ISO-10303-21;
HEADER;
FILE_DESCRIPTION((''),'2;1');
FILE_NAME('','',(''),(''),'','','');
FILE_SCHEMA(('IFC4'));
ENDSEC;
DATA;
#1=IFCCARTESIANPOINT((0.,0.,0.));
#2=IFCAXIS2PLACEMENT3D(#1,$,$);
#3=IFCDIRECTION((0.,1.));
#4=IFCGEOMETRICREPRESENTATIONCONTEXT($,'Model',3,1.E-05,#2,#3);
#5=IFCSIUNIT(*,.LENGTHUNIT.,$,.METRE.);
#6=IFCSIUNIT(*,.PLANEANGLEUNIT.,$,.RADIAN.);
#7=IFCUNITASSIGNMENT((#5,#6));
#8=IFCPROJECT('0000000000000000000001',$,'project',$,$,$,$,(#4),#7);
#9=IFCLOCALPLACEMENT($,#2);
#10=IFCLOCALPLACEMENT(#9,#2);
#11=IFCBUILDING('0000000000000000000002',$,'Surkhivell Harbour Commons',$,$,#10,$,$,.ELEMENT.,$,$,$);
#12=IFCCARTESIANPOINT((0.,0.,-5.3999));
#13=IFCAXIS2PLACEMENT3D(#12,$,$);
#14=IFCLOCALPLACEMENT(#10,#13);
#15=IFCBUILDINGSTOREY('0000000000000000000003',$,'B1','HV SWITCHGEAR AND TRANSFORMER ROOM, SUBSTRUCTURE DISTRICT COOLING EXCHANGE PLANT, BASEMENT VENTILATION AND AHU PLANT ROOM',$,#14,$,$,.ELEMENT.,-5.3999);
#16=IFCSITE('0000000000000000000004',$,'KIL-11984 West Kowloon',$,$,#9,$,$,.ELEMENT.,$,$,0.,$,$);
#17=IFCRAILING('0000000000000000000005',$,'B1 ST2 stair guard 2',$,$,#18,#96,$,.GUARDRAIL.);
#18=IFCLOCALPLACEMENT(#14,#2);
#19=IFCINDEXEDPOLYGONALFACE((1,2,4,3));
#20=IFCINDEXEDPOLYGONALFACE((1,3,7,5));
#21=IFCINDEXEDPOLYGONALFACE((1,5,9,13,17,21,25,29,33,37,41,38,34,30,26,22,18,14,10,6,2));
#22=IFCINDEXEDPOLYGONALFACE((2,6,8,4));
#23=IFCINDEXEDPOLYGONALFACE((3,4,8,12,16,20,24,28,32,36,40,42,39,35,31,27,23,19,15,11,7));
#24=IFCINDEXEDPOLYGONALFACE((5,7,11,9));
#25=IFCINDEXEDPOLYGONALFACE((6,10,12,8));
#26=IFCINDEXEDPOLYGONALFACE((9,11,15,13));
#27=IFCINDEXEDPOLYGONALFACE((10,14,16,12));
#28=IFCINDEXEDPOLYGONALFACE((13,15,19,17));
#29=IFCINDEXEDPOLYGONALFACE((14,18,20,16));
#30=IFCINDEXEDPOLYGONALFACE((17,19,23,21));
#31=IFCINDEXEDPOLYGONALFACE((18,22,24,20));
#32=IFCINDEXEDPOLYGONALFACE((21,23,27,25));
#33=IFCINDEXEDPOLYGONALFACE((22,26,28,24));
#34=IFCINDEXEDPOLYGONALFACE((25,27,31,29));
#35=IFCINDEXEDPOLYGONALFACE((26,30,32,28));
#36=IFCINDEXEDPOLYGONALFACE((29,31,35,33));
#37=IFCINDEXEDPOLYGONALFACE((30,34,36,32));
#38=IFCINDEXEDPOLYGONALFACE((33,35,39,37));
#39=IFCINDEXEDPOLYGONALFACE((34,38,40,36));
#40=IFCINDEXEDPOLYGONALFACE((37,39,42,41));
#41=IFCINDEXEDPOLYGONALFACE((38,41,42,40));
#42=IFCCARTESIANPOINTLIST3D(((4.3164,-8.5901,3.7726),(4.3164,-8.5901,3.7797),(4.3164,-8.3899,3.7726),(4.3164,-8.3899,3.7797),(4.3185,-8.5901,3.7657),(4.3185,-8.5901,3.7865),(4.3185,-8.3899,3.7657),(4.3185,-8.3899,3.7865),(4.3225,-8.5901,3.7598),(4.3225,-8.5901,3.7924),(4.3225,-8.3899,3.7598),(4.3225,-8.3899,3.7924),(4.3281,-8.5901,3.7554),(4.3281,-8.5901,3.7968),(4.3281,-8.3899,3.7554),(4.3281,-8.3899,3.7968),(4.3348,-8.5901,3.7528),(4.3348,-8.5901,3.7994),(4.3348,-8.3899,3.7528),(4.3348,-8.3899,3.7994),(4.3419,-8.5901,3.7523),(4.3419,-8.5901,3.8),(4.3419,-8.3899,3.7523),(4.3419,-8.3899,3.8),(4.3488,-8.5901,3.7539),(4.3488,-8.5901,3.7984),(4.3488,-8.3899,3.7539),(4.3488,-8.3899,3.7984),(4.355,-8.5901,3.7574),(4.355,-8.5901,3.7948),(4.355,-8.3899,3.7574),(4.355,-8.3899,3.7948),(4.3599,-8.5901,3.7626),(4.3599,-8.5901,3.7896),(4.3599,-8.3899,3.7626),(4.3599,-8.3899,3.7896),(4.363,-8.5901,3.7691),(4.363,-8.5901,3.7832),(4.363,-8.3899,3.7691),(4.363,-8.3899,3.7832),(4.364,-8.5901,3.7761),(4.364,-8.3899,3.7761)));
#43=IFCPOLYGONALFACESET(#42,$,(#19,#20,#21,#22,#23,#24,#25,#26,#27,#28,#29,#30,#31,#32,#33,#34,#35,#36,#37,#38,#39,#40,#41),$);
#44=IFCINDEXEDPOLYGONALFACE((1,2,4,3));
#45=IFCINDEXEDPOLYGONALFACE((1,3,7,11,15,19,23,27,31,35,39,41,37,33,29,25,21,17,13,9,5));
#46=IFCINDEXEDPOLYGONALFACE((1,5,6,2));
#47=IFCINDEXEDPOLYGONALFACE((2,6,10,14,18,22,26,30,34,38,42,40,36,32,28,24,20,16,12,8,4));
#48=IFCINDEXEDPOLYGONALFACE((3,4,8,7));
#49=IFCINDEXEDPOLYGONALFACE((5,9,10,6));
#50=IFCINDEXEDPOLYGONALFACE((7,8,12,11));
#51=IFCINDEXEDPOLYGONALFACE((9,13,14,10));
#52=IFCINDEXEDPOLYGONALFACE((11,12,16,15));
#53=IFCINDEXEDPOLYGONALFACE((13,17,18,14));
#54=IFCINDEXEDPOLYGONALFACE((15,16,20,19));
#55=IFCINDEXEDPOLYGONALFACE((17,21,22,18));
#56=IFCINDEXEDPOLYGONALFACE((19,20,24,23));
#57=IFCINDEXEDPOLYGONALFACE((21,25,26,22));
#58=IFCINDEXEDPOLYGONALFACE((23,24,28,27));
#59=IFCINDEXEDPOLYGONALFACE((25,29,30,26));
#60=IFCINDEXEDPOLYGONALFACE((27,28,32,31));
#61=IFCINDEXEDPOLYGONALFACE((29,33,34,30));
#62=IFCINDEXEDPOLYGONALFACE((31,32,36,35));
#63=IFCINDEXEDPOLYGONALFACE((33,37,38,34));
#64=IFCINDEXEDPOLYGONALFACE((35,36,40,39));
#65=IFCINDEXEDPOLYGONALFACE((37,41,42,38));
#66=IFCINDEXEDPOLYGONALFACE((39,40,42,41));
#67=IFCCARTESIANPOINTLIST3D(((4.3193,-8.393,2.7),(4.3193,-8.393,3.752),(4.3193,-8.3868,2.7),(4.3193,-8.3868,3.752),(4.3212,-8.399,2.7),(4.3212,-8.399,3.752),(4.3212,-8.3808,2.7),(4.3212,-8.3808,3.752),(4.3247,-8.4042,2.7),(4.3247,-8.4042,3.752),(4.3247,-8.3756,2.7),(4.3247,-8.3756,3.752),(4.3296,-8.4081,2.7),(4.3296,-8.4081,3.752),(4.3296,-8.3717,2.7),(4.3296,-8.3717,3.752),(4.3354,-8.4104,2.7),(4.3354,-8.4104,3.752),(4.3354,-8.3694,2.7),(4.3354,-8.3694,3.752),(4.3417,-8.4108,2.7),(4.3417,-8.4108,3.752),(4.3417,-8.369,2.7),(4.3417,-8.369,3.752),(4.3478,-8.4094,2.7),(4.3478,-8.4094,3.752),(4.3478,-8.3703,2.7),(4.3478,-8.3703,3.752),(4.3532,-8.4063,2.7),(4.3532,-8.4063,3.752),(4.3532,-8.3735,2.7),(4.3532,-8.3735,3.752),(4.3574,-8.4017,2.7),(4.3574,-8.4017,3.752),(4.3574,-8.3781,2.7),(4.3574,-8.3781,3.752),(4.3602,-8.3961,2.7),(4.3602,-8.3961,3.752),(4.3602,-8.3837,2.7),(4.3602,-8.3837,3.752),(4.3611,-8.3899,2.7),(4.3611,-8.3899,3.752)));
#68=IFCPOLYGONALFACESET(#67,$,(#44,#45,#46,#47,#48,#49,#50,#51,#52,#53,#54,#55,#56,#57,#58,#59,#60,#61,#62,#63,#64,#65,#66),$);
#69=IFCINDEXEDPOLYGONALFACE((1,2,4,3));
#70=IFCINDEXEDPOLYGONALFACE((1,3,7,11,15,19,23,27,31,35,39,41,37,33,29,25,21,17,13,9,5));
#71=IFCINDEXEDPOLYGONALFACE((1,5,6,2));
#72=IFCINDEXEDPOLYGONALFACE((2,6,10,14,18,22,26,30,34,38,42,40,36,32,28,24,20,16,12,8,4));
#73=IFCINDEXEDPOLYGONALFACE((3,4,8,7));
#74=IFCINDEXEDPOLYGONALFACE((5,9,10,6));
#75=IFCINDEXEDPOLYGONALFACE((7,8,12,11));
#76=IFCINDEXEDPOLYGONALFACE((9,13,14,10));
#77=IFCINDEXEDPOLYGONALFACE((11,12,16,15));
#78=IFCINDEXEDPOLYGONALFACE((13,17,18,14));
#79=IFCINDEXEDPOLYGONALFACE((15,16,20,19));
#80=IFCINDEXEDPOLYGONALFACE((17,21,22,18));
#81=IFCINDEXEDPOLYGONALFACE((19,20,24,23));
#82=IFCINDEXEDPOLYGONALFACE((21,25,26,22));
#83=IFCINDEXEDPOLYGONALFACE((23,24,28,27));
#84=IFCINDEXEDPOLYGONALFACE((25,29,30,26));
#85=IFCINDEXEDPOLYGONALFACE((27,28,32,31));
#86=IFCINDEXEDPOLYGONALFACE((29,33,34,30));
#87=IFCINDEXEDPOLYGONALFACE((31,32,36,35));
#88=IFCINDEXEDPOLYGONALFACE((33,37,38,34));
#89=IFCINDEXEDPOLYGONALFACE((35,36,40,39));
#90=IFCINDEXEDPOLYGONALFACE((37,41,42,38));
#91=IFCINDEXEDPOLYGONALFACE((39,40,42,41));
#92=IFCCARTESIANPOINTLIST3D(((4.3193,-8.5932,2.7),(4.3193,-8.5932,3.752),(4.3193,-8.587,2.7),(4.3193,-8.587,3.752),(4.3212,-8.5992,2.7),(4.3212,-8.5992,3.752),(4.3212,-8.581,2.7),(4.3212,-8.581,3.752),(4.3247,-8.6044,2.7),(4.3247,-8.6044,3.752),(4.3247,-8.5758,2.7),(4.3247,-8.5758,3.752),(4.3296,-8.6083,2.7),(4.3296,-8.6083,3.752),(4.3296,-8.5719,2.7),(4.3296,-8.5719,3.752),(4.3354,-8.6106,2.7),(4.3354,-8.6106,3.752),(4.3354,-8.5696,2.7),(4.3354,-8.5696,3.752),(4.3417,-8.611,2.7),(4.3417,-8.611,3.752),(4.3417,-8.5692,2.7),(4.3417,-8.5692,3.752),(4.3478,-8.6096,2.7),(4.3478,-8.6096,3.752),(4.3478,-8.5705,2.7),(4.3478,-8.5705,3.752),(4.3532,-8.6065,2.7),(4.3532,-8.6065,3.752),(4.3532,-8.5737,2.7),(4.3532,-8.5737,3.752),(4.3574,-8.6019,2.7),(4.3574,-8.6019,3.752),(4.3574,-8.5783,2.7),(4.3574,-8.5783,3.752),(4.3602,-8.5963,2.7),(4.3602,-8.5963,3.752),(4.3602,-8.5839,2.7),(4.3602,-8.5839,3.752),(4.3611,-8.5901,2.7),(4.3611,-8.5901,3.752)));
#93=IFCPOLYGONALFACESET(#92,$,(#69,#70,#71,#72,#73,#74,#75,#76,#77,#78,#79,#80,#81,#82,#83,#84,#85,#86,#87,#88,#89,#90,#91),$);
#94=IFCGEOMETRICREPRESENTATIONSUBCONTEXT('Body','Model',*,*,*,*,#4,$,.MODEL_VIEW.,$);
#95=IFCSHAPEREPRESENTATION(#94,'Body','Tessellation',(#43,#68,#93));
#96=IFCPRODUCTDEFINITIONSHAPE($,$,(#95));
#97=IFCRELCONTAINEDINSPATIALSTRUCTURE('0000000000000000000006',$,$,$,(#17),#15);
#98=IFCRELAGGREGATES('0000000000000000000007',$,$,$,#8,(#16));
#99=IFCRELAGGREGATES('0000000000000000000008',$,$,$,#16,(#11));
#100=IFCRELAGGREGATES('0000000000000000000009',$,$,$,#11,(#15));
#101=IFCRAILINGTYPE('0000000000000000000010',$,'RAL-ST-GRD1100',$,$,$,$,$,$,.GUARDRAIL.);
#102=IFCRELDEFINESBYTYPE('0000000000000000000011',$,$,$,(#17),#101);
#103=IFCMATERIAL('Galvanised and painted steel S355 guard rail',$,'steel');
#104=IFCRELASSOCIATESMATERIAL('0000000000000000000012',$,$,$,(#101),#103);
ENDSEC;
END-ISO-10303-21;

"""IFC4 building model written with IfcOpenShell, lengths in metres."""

from ifc_helpers import new_model, si_unit, direction, frame, origin, origin_2d, place, context, subcontext, project, spatial, circle, extrude, material, type_object, element, save


model = new_model("IFC4")

# Units and contexts
model_context = context("Model", 3, precision=1e-05, world=origin(), true_north=direction((0.0, 1.0)))
body_context = subcontext(model_context, "Body", "Model", "MODEL_VIEW")
ifc_project = project(units=[si_unit("LENGTHUNIT", "METRE"), si_unit("PLANEANGLEUNIT", "RADIAN")], contexts=[model_context])

# Site, building, storey
site_placement = place(None, origin())
site = spatial("IfcSite", under=ifc_project, at=site_placement, Name="KIL-11984 West Kowloon", CompositionType="ELEMENT", RefElevation=0.0)
building_placement = place(site_placement, origin())
building = spatial("IfcBuilding", under=site, at=building_placement, Name="Surkhivell Harbour Commons", CompositionType="ELEMENT")
storey_placement = place(building_placement, frame((0.0, 0.0, -5.3999)))
storey = spatial("IfcBuildingStorey", under=building, at=storey_placement, Name="B1", Description="HV SWITCHGEAR AND TRANSFORMER ROOM, SUBSTRUCTURE DISTRICT COOLING EXCHANGE PLANT, BASEMENT VENTILATION AND AHU PLANT ROOM", CompositionType="ELEMENT", Elevation=-5.3999)

# Railing
ifc_material_1 = material(Name="Galvanised and painted steel S355 guard rail", Category="steel")
railing_type_1 = type_object("IfcRailingType", Name="RAL-ST-GRD1100", PredefinedType="GUARDRAIL", material=ifc_material_1)
railing_1_placement = place(storey_placement, frame((4.3401, -8.3899, 2.7)))
element("IfcRailing", 1, at=railing_1_placement, inside=storey, type_object=railing_type_1, Name="B1 ST2 stair guard 2", PredefinedType="GUARDRAIL", context=body_context, shape_type="SweptSolid", body=[
    extrude(circle(Radius=0.0239, at=origin_2d()), frame((0.0, 0.0, 1.0762), z_axis=(0.0, -1.0, 0.0), x_axis=(1.0, 0.0, 0.0)), (0.0, 0.0, 1.0), 0.2002),
    extrude(circle(Radius=0.021, at=origin_2d()), origin(), (0.0, 0.0, 1.0), 1.052),
    extrude(circle(Radius=0.021, at=origin_2d()), frame((0.0, -0.2002, 0.0)), (0.0, 0.0, 1.0), 1.052),
])

save(model, "model.ifc")
